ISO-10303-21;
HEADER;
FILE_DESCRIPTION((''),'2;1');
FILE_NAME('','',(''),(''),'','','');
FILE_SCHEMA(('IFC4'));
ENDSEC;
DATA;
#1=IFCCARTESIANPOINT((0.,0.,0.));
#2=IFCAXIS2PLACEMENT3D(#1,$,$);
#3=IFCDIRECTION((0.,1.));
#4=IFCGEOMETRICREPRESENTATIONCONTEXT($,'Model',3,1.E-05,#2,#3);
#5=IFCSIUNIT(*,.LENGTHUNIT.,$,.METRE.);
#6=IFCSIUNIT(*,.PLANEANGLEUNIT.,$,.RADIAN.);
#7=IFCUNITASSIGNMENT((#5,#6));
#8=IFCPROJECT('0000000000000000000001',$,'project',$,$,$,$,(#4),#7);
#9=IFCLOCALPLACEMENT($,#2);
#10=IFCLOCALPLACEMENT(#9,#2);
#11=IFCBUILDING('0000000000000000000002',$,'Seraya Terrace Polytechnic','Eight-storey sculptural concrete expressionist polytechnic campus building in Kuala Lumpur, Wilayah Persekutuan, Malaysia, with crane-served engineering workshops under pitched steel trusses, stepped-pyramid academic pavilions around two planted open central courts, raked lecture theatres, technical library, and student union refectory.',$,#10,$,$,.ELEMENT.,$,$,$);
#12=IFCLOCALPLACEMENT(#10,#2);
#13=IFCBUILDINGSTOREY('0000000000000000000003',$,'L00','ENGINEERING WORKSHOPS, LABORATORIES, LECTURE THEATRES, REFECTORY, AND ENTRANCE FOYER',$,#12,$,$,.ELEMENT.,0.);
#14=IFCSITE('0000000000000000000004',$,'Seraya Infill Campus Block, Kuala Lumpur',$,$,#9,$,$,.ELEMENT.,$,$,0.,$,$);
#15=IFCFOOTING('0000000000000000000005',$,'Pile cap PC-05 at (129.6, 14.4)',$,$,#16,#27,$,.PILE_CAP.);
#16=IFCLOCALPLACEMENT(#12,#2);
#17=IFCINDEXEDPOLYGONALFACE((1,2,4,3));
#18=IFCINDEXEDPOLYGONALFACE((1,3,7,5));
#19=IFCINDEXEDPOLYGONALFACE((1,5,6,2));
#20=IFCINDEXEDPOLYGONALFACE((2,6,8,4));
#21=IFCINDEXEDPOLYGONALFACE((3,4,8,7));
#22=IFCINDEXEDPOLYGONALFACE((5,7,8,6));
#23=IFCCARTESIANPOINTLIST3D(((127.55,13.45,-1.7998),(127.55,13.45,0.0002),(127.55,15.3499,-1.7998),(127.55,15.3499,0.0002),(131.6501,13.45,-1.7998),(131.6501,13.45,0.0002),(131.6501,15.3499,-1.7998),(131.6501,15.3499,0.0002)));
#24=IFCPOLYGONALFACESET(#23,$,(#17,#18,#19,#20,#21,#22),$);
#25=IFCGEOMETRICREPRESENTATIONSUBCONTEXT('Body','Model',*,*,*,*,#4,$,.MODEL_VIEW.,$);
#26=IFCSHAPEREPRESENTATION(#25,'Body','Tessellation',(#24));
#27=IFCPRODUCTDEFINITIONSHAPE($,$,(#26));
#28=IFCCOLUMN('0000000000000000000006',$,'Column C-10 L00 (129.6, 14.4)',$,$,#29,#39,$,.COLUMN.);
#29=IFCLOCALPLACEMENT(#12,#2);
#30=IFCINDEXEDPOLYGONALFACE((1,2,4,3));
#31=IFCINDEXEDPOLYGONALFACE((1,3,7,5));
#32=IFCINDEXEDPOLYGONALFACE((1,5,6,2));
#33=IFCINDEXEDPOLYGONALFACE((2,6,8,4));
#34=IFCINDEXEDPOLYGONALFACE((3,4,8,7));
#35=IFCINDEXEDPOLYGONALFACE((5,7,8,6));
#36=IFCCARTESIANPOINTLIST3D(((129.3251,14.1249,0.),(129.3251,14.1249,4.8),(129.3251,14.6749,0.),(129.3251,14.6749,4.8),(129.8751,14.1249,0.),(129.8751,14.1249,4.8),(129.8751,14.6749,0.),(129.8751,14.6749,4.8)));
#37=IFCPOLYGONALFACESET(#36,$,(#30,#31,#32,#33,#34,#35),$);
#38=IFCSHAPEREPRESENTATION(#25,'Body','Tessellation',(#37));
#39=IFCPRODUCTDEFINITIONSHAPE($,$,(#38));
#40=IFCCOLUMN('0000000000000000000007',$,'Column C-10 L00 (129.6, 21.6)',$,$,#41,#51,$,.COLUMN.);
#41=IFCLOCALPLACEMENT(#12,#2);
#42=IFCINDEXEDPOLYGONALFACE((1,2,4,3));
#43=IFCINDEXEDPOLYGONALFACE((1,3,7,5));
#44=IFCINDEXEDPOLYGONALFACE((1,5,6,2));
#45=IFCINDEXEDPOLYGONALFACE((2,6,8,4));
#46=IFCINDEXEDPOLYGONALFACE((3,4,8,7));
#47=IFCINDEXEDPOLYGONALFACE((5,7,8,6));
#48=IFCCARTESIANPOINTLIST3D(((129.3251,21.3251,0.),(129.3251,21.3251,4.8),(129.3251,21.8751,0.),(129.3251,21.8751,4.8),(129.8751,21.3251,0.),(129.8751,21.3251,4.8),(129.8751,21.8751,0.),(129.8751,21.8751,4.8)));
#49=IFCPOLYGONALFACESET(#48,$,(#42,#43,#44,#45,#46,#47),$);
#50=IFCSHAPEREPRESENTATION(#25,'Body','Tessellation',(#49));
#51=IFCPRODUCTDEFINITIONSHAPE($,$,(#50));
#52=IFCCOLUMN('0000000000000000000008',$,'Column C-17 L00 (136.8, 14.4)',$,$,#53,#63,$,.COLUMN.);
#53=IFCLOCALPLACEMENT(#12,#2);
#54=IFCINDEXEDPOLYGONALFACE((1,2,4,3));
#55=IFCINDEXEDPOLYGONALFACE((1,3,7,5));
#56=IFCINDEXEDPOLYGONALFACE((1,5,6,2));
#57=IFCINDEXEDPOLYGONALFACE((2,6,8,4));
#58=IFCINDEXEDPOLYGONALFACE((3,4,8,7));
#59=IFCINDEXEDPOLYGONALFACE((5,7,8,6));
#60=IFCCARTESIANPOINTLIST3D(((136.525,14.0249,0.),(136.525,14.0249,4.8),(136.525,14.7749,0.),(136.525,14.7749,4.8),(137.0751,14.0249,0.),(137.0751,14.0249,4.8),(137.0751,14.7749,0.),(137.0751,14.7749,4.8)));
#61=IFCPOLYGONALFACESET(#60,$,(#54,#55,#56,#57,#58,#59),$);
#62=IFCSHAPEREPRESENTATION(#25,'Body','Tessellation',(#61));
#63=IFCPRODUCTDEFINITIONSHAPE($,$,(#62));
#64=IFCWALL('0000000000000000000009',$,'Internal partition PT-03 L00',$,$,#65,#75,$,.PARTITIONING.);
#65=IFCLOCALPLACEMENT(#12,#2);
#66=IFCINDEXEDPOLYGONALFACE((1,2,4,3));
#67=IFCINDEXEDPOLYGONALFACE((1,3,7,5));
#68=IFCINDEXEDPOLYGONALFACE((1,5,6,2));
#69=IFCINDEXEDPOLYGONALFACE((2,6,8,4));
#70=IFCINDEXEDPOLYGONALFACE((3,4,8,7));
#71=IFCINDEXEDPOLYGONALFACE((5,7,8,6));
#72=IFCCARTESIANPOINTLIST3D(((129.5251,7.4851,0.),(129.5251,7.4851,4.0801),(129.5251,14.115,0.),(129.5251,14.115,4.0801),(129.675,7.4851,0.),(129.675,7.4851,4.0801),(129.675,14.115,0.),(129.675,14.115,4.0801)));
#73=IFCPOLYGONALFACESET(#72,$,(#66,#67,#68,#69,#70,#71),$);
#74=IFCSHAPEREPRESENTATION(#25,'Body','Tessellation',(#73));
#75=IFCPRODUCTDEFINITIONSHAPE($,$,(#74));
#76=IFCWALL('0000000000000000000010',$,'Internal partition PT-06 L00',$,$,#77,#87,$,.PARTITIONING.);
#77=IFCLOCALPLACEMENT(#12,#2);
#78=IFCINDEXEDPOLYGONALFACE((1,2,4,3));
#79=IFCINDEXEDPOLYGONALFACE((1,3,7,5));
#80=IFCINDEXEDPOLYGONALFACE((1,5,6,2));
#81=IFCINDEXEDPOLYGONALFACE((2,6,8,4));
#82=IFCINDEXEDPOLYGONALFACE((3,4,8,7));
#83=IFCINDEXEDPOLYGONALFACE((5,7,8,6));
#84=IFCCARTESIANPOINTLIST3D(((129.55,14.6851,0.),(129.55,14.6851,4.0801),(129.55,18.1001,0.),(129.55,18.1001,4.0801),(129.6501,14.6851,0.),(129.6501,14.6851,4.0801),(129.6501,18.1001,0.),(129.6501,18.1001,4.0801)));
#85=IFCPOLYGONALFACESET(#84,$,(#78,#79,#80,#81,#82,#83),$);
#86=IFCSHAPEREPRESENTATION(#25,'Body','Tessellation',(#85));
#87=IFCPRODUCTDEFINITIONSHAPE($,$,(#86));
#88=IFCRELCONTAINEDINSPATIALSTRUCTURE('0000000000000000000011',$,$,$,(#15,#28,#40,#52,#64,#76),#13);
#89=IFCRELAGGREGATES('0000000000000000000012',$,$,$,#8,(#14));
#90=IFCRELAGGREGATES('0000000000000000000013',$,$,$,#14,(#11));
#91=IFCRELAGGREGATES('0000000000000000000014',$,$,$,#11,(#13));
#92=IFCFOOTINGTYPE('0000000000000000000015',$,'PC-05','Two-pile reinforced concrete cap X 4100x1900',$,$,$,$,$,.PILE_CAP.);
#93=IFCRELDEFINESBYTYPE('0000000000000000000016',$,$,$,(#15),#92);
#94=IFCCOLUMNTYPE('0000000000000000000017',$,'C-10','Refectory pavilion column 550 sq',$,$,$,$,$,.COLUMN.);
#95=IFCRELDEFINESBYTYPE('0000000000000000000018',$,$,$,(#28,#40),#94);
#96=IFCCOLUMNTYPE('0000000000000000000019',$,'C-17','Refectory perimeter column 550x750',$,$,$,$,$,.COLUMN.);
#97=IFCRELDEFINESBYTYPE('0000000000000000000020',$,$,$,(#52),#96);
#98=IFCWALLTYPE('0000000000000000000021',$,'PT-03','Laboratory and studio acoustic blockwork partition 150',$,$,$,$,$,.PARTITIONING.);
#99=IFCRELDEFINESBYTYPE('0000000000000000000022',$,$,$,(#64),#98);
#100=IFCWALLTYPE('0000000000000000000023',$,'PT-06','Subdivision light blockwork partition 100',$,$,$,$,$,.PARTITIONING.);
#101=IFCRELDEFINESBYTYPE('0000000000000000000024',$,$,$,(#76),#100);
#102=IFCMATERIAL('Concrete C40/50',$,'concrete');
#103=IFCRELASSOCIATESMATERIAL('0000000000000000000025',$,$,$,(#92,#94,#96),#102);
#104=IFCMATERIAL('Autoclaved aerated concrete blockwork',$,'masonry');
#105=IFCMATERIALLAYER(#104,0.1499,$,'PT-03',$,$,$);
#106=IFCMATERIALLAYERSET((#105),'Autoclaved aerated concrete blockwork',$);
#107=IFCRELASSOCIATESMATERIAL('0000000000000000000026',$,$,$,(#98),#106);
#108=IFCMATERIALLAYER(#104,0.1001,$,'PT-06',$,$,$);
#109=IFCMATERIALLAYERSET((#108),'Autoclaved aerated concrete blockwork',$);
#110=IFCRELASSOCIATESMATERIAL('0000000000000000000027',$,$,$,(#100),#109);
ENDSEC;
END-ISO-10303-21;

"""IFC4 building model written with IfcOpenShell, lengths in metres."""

from ifc_helpers import new_model, si_unit, direction, frame, frame_2d, origin, origin_2d, place, context, subcontext, project, spatial, rectangle, extrude, material, layer, layer_set, material_profile, profile_set, type_object, element, save


model = new_model("IFC4")

# Units and contexts
model_context = context("Model", 3, precision=1e-05, world=origin(), true_north=direction((0.0, 1.0)))
body_context = subcontext(model_context, "Body", "Model", "MODEL_VIEW")
ifc_project = project(units=[si_unit("LENGTHUNIT", "METRE"), si_unit("PLANEANGLEUNIT", "RADIAN")], contexts=[model_context])

# Site, building, storey
site_placement = place(None, origin())
site = spatial("IfcSite", under=ifc_project, at=site_placement, Name="Seraya Infill Campus Block, Kuala Lumpur", CompositionType="ELEMENT", RefElevation=0.0)
building_placement = place(site_placement, origin())
building = spatial("IfcBuilding", under=site, at=building_placement, Name="Seraya Terrace Polytechnic", Description="Eight-storey sculptural concrete expressionist polytechnic campus building in Kuala Lumpur, Wilayah Persekutuan, Malaysia, with crane-served engineering workshops under pitched steel trusses, stepped-pyramid academic pavilions around two planted open central courts, raked lecture theatres, technical library, and student union refectory.", CompositionType="ELEMENT")
storey_placement = place(building_placement, origin())
storey = spatial("IfcBuildingStorey", under=building, at=storey_placement, Name="L00", Description="ENGINEERING WORKSHOPS, LABORATORIES, LECTURE THEATRES, REFECTORY, AND ENTRANCE FOYER", CompositionType="ELEMENT", Elevation=0.0)

# Shared definitions
ifc_material_1 = material(Name="Concrete C40/50", Category="concrete")

# Footing
footing_type_1 = type_object("IfcFootingType", Name="PC-05", Description="Two-pile reinforced concrete cap X 4100x1900", PredefinedType="PILE_CAP", material=ifc_material_1)
footing_1_placement = place(storey_placement, frame((129.6001, 14.3999, -1.7998), z_axis=(0.0, 0.0, 1.0), x_axis=(1.0, 0.0, 0.0)))
element("IfcFooting", 1, at=footing_1_placement, inside=storey, type_object=footing_type_1, Name="Pile cap PC-05 at (129.6, 14.4)", PredefinedType="PILE_CAP", context=body_context, shape_type="SweptSolid", body=[
    extrude(rectangle(XDim=4.1001, YDim=1.8999, at=origin_2d()), origin(), (0.0, 0.0, 1.0), 1.8),
])

# Columns
ifc_material_profile_1 = material_profile(ifc_material_1, rectangle(XDim=0.55, YDim=0.55, at=origin_2d()), Name="RC 550x550")
ifc_profile_set_1 = profile_set([ifc_material_profile_1], Name="Concrete C40/50")
column_type_1 = type_object("IfcColumnType", Name="C-10", Description="Refectory pavilion column 550 sq", PredefinedType="COLUMN", material=ifc_profile_set_1)
for number, where, z_axis, x_axis, name in (
    (2, (129.6001, 14.3999, 0.0), (0.0, 0.0, 1.0), (1.0, 0.0, 0.0), "Column C-10 L00 (129.6, 14.4)"),
    (3, (129.6001, 21.6001, 0.0), (0.0, 0.0, 1.0), (1.0, 0.0, 0.0), "Column C-10 L00 (129.6, 21.6)"),
):
    element("IfcColumn", number, at=place(storey_placement, frame(where, z_axis=z_axis, x_axis=x_axis)), inside=storey, type_object=column_type_1, Name=name, PredefinedType="COLUMN", context=body_context, shape_type="SweptSolid", body=[
        extrude(rectangle(XDim=0.55, YDim=0.55, at=origin_2d()), origin(), (0.0, 0.0, 1.0), 4.8),
    ])
ifc_material_profile_2 = material_profile(ifc_material_1, rectangle(XDim=0.55, YDim=0.75, at=origin_2d()), Name="RC 550x750")
ifc_profile_set_2 = profile_set([ifc_material_profile_2], Name="Concrete C40/50")
column_type_2 = type_object("IfcColumnType", Name="C-17", Description="Refectory perimeter column 550x750", PredefinedType="COLUMN", material=ifc_profile_set_2)
column_placement = place(storey_placement, frame((136.8, 14.3999, 0.0), z_axis=(0.0, 0.0, 1.0), x_axis=(1.0, 0.0, 0.0)))
element("IfcColumn", 4, at=column_placement, inside=storey, type_object=column_type_2, Name="Column C-17 L00 (136.8, 14.4)", PredefinedType="COLUMN", context=body_context, shape_type="SweptSolid", body=[
    extrude(rectangle(XDim=0.55, YDim=0.75, at=origin_2d()), origin(), (0.0, 0.0, 1.0), 4.8),
])

# Walls
ifc_material_2 = material(Name="Autoclaved aerated concrete blockwork", Category="masonry")
ifc_layer_1 = layer(ifc_material_2, 0.1499, Name="PT-03")
ifc_layer_set_1 = layer_set([ifc_layer_1], Name="Autoclaved aerated concrete blockwork")
wall_type_1 = type_object("IfcWallType", Name="PT-03", Description="Laboratory and studio acoustic blockwork partition 150", PredefinedType="PARTITIONING", material=ifc_layer_set_1)
wall_1_placement = place(storey_placement, frame((129.6001, 7.4851, 0.0), z_axis=(0.0, 0.0, 1.0), x_axis=(0.0, 1.0, 0.0)))
element("IfcWall", 5, at=wall_1_placement, inside=storey, type_object=wall_type_1, Name="Internal partition PT-03 L00", PredefinedType="PARTITIONING", context=body_context, shape_type="SweptSolid", body=[
    extrude(rectangle(XDim=6.6299, YDim=0.1499, at=frame_2d((3.3149, 0.0))), origin(), (0.0, 0.0, 1.0), 4.0801),
])
ifc_layer_2 = layer(ifc_material_2, 0.1001, Name="PT-06")
ifc_layer_set_2 = layer_set([ifc_layer_2], Name="Autoclaved aerated concrete blockwork")
wall_type_2 = type_object("IfcWallType", Name="PT-06", Description="Subdivision light blockwork partition 100", PredefinedType="PARTITIONING", material=ifc_layer_set_2)
wall_2_placement = place(storey_placement, frame((129.6001, 14.6851, 0.0), z_axis=(0.0, 0.0, 1.0), x_axis=(0.0, 1.0, 0.0)))
element("IfcWall", 6, at=wall_2_placement, inside=storey, type_object=wall_type_2, Name="Internal partition PT-06 L00", PredefinedType="PARTITIONING", context=body_context, shape_type="SweptSolid", body=[
    extrude(rectangle(XDim=3.415, YDim=0.1001, at=frame_2d((1.7075, 0.0))), origin(), (0.0, 0.0, 1.0), 4.0801),
])

save(model, "model.ifc")
